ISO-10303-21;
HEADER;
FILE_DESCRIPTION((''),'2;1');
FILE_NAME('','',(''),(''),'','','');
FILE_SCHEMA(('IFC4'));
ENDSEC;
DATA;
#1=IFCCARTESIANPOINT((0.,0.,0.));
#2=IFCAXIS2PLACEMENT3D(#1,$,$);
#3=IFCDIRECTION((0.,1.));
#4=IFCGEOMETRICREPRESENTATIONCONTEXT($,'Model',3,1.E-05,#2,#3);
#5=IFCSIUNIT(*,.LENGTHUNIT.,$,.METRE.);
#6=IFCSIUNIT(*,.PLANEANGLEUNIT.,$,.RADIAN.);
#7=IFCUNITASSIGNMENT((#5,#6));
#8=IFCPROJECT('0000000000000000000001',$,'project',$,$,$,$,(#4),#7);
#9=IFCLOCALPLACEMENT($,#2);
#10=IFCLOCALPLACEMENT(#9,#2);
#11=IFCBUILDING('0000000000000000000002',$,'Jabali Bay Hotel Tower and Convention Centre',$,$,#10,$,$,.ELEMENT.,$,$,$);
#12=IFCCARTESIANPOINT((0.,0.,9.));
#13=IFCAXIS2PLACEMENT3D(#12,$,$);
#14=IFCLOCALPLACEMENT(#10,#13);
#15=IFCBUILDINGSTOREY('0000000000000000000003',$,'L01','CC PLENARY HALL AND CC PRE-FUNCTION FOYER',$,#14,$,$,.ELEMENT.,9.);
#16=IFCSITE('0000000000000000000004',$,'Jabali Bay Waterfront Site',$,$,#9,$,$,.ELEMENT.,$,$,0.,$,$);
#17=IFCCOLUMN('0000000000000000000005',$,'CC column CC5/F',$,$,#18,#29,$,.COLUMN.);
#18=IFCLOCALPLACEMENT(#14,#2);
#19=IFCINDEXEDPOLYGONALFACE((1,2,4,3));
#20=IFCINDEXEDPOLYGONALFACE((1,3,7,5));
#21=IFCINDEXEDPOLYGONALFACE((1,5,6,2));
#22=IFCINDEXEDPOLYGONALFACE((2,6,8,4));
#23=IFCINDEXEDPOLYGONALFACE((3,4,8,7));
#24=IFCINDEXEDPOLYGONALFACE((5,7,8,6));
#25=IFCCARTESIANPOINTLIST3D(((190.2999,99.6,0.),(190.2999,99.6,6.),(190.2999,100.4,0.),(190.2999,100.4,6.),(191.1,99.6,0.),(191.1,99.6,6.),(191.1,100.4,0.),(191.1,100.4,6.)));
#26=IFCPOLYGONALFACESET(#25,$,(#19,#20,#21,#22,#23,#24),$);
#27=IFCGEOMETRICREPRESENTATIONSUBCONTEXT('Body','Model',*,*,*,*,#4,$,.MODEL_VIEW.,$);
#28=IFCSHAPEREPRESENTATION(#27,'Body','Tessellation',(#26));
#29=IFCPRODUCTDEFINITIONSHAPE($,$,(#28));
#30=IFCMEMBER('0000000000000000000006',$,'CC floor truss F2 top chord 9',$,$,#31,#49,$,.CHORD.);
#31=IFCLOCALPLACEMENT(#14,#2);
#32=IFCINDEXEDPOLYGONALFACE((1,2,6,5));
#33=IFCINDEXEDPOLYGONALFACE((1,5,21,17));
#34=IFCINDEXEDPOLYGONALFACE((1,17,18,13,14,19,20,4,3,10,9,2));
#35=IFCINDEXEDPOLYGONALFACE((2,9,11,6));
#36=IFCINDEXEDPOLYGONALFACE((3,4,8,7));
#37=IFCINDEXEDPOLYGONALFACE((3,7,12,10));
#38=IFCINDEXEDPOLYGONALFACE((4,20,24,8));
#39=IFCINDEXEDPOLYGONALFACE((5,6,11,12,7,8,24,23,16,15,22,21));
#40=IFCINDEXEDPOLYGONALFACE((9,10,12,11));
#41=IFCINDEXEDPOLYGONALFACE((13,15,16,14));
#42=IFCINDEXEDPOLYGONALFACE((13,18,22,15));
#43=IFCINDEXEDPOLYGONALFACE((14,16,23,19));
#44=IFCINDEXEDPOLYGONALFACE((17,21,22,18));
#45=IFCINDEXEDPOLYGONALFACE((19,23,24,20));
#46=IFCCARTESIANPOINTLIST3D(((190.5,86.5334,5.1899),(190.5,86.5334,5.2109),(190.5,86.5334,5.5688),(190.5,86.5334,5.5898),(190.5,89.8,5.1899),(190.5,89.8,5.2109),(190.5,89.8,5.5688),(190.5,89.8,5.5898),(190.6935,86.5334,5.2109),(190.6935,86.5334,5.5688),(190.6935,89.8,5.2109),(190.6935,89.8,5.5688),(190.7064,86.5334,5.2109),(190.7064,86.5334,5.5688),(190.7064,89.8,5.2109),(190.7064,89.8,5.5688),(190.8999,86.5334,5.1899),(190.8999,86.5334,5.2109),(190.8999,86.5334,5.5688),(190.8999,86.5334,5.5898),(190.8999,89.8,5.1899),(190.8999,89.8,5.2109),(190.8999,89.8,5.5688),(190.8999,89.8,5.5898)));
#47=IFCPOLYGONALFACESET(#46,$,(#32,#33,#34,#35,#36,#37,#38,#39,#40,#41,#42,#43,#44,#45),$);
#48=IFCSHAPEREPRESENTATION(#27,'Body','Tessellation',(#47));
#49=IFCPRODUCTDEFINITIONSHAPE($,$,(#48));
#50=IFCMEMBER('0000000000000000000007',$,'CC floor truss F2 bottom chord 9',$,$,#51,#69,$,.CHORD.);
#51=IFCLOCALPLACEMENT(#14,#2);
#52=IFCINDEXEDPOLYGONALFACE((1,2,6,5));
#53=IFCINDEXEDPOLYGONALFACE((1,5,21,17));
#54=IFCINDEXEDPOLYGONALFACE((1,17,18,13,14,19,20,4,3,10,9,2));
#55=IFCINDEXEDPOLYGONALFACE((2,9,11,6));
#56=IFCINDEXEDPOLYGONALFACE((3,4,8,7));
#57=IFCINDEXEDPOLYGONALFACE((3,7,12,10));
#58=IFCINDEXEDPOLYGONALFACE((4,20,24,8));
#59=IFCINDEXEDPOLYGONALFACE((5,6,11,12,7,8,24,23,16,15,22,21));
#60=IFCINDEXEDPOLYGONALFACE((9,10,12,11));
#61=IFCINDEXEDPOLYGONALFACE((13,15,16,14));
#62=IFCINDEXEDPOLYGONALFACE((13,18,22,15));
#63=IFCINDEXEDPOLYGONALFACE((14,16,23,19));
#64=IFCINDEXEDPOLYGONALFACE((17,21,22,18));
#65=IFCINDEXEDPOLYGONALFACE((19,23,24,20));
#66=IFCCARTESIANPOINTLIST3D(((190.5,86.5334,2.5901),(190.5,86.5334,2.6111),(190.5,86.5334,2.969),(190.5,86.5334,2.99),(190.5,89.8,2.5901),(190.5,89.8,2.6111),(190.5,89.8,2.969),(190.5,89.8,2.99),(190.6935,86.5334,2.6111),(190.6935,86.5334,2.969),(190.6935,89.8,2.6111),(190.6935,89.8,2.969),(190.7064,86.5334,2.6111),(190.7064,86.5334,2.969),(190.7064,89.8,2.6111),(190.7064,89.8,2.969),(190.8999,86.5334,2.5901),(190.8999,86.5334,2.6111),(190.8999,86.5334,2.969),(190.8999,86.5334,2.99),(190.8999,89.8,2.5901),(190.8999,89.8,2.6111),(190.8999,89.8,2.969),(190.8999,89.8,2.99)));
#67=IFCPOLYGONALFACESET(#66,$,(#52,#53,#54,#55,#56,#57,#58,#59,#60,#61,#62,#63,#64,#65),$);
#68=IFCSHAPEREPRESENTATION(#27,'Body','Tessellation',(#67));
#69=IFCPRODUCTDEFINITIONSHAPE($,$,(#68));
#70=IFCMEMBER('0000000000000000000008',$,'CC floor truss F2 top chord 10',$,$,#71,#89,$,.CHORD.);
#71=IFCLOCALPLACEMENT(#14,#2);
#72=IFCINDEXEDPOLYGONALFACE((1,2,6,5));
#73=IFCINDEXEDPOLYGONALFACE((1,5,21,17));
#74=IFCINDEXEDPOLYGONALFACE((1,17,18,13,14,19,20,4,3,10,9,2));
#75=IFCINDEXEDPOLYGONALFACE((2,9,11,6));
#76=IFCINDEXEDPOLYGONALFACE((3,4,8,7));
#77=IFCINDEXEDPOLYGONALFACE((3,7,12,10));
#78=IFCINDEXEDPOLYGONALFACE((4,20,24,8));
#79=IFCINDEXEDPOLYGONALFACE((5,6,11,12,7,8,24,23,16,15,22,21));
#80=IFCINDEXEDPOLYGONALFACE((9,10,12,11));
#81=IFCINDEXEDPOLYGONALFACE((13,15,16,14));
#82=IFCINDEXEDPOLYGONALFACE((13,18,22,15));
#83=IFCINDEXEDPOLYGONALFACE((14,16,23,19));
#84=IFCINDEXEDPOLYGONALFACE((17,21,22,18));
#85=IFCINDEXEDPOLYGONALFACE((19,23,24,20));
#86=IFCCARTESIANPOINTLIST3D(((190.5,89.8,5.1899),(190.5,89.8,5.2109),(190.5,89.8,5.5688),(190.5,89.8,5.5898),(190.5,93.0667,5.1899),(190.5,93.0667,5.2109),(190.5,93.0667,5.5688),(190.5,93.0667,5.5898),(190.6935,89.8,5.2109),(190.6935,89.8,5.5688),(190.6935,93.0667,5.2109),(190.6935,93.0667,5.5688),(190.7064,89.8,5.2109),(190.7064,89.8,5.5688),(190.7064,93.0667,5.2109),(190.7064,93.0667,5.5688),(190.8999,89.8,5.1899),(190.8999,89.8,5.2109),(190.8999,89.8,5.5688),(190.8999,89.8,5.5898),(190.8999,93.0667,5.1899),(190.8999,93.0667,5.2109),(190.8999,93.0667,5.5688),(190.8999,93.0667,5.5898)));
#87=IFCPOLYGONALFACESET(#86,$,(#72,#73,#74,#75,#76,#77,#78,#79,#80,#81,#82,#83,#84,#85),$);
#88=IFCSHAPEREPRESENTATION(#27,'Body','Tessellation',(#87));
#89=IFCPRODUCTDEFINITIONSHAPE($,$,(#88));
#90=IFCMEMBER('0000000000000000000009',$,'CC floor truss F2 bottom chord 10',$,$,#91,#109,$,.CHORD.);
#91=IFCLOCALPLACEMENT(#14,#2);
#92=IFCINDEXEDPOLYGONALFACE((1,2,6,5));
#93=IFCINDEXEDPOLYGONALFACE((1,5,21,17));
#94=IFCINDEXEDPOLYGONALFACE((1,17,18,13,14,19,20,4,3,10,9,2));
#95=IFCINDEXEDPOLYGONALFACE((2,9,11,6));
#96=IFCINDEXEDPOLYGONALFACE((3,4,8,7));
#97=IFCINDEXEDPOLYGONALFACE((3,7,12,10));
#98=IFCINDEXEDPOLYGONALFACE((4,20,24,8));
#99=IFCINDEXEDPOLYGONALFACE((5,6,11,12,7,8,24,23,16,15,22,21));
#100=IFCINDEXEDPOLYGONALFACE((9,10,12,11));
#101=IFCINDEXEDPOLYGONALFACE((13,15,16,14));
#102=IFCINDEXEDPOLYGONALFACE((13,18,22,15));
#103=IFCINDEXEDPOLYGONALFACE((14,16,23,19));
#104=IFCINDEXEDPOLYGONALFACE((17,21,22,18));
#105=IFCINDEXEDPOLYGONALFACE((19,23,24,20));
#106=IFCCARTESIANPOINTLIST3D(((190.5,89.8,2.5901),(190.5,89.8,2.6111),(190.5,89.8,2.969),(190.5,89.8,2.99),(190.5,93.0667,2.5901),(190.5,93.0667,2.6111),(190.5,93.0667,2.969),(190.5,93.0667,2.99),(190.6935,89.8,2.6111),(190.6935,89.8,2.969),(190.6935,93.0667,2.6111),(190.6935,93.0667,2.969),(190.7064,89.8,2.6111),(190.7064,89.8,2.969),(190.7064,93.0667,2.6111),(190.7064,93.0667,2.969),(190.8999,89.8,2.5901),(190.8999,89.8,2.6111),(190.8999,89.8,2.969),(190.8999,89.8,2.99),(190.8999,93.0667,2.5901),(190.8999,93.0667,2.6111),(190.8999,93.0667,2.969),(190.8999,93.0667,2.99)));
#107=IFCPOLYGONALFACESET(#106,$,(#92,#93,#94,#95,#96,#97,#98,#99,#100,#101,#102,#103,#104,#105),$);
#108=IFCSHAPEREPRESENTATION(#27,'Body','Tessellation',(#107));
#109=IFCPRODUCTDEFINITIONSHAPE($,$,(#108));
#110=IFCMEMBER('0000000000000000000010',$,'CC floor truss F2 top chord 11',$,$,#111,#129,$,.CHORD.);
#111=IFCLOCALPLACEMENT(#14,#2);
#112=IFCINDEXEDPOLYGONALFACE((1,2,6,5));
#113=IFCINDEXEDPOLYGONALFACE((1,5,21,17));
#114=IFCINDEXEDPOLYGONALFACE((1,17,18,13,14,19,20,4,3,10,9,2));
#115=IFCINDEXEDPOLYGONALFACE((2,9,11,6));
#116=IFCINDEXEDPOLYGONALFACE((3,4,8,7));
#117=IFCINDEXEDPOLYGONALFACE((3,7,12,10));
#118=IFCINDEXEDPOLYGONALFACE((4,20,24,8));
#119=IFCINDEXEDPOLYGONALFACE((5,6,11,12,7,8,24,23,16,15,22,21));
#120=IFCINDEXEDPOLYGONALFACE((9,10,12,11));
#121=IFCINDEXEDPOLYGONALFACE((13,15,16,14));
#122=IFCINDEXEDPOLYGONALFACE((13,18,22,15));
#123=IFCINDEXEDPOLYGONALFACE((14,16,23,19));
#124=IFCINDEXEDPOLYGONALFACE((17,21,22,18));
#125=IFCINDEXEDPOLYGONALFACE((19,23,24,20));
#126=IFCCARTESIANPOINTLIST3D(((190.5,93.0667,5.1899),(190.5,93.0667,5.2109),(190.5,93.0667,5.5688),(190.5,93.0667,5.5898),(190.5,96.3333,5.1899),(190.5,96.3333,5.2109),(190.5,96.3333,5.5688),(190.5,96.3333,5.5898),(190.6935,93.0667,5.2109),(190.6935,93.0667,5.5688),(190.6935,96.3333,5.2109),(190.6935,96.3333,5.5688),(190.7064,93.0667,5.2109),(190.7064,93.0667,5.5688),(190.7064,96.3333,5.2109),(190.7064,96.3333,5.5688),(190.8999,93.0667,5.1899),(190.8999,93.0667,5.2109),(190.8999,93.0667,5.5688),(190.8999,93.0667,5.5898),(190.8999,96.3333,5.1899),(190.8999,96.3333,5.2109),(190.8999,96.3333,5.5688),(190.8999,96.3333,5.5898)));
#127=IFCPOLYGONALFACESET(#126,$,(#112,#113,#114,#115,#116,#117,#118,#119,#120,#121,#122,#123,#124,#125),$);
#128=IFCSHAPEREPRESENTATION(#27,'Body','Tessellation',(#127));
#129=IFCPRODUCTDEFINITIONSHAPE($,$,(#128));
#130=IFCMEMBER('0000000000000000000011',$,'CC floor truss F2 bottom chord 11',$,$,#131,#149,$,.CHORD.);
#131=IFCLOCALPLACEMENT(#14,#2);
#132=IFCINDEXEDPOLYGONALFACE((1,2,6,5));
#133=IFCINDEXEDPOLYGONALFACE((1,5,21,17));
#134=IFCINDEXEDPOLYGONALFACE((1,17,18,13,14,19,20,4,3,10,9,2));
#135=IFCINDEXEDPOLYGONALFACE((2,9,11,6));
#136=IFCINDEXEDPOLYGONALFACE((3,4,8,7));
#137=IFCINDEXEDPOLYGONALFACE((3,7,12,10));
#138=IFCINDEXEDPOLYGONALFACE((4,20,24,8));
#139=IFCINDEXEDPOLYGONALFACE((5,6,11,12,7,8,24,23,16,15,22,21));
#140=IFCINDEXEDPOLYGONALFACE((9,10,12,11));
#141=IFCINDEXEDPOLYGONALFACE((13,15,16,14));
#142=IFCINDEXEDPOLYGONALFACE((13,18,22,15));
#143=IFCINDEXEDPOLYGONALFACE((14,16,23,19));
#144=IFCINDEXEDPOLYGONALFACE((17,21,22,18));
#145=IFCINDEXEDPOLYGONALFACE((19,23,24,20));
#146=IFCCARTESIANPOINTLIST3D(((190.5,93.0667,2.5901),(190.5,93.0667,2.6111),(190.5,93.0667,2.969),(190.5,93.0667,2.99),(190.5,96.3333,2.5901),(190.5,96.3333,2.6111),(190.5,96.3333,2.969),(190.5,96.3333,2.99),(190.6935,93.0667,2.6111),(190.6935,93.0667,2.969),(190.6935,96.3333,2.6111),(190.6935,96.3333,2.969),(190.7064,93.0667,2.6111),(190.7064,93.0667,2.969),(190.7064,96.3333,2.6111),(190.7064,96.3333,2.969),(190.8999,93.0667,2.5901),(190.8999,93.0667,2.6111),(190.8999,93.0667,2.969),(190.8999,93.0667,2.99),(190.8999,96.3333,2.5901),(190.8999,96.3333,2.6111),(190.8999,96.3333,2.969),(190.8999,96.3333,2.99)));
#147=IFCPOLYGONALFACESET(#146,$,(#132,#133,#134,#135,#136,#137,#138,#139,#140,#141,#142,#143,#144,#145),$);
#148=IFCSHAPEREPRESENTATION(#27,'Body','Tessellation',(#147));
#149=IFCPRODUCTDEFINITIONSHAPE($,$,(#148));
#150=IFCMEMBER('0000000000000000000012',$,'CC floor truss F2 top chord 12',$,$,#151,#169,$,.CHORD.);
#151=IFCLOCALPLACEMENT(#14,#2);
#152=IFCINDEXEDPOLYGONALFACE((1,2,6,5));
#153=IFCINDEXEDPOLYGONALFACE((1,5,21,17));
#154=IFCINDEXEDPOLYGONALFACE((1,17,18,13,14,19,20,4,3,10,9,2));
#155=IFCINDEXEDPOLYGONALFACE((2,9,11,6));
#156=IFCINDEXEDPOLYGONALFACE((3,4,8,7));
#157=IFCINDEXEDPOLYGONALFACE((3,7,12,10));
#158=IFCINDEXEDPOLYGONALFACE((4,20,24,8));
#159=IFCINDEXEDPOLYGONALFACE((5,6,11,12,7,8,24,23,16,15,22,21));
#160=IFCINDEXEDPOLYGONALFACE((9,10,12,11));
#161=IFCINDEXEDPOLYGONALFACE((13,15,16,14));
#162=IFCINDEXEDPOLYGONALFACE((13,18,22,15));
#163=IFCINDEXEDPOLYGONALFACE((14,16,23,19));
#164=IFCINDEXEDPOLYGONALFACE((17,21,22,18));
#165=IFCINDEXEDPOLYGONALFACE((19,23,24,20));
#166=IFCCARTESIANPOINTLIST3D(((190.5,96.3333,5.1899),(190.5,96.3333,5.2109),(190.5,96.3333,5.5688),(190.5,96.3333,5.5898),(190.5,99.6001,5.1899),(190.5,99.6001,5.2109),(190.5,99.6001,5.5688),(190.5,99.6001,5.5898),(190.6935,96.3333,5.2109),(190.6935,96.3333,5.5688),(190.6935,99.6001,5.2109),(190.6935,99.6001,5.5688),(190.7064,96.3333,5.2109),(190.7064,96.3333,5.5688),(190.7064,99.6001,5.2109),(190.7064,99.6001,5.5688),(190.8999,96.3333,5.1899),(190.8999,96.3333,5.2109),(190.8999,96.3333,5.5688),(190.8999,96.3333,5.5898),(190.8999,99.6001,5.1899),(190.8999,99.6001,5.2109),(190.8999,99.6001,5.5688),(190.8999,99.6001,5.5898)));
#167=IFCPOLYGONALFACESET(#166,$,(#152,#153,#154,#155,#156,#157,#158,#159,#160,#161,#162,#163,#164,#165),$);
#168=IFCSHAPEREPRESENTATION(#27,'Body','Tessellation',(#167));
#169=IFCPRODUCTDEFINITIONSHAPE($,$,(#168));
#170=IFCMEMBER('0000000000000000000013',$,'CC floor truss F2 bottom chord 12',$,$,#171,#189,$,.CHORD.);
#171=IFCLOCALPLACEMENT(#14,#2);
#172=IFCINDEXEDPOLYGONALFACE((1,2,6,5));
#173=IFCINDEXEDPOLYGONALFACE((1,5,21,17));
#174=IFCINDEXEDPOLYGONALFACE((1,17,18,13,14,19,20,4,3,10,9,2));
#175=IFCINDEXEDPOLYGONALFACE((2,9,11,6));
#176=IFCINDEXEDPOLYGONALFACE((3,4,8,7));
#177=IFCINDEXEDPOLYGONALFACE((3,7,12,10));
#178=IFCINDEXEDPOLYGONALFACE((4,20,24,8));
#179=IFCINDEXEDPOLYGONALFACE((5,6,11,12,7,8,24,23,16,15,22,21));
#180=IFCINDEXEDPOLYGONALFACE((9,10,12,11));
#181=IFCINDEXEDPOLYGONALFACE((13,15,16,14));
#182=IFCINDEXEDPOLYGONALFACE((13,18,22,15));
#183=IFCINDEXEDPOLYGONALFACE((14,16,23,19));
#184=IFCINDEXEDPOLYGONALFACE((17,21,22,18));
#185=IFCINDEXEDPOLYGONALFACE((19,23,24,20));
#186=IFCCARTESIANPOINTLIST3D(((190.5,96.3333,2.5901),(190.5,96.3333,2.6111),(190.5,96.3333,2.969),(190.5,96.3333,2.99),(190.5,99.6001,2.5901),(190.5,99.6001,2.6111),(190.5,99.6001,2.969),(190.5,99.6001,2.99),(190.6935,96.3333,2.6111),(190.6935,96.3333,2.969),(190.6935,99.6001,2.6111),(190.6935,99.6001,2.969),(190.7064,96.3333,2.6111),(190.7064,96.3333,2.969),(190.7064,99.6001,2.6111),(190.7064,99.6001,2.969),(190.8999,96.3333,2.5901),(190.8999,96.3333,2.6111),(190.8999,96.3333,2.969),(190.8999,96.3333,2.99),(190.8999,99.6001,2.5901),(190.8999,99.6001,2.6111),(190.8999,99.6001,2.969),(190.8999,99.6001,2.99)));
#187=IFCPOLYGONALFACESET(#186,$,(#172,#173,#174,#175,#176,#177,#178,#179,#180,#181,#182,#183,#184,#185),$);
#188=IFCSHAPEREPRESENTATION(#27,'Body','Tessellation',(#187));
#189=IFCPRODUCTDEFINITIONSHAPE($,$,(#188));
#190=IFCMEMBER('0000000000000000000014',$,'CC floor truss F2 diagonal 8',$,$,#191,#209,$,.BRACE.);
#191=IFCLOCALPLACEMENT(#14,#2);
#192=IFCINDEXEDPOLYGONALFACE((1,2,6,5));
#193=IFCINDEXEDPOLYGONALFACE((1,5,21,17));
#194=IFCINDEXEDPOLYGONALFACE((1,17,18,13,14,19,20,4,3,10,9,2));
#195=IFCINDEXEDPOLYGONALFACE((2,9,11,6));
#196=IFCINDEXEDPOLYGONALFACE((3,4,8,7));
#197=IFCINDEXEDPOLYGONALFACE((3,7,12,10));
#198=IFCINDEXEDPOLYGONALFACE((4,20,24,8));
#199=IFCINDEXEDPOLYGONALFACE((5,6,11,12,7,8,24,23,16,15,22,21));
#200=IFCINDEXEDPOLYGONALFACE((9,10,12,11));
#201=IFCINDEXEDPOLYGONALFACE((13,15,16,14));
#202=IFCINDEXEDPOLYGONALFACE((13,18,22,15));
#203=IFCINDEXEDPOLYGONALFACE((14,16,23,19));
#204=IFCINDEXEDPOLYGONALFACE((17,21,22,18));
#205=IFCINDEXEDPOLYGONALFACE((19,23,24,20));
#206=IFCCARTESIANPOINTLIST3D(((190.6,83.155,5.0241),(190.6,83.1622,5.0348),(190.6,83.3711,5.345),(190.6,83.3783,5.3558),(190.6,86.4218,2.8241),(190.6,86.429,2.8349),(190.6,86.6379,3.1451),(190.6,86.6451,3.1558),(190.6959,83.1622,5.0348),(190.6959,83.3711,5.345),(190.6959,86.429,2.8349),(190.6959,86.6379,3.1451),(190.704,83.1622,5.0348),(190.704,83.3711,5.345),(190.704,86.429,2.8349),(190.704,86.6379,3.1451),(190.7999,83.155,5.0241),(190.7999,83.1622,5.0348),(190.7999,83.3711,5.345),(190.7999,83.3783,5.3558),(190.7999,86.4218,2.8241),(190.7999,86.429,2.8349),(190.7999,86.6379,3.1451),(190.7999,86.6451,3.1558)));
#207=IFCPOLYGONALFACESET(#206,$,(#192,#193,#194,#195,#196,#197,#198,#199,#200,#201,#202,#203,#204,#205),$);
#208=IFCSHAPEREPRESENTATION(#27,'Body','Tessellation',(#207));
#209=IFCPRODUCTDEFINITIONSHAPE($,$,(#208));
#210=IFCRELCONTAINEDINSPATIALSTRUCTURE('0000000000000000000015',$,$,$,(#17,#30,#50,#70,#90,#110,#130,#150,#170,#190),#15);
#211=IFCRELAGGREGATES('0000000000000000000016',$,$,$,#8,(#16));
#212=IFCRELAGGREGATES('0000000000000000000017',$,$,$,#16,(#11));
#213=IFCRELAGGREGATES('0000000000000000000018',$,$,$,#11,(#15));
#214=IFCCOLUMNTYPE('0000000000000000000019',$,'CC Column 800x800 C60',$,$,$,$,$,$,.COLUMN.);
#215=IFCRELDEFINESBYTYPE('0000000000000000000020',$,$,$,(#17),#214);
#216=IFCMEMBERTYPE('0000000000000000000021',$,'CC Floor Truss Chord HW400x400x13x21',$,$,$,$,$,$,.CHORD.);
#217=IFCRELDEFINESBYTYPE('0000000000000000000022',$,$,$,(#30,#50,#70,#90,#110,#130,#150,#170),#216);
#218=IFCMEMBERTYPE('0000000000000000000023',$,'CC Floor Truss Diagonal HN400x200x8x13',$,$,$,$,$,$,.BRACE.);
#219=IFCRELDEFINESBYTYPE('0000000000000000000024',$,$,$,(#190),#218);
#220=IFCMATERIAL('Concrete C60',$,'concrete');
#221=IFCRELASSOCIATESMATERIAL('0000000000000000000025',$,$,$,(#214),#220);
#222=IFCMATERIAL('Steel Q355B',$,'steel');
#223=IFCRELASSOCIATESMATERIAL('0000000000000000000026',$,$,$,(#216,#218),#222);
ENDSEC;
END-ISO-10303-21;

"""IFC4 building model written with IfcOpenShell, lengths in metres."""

from ifc_helpers import new_model, si_unit, direction, frame, origin, origin_2d, place, context, subcontext, project, spatial, rectangle, i_section, extrude, material, material_profile, profile_set, type_object, element, save


model = new_model("IFC4")

# Units and contexts
model_context = context("Model", 3, precision=1e-05, world=origin(), true_north=direction((0.0, 1.0)))
body_context = subcontext(model_context, "Body", "Model", "MODEL_VIEW")
ifc_project = project(units=[si_unit("LENGTHUNIT", "METRE"), si_unit("PLANEANGLEUNIT", "RADIAN")], contexts=[model_context])

# Site, building, storey
site_placement = place(None, origin())
site = spatial("IfcSite", under=ifc_project, at=site_placement, Name="Jabali Bay Waterfront Site", CompositionType="ELEMENT", RefElevation=0.0)
building_placement = place(site_placement, origin())
building = spatial("IfcBuilding", under=site, at=building_placement, Name="Jabali Bay Hotel Tower and Convention Centre", CompositionType="ELEMENT")
storey_placement = place(building_placement, frame((0.0, 0.0, 9.0)))
storey = spatial("IfcBuildingStorey", under=building, at=storey_placement, Name="L01", Description="CC PLENARY HALL AND CC PRE-FUNCTION FOYER", CompositionType="ELEMENT", Elevation=9.0)

# Column
ifc_material_1 = material(Name="Concrete C60", Category="concrete")
ifc_material_profile_1 = material_profile(ifc_material_1, rectangle(XDim=0.8, YDim=0.8, at=origin_2d()), Name="RC 800x800")
ifc_profile_set_1 = profile_set([ifc_material_profile_1], Name="Concrete C60")
column_type = type_object("IfcColumnType", Name="CC Column 800x800 C60", PredefinedType="COLUMN", material=ifc_profile_set_1)
column_placement = place(storey_placement, frame((190.7, 100.0, 0.0), z_axis=(0.0, 0.0, 1.0), x_axis=(1.0, 0.0, 0.0)))
element("IfcColumn", 1, at=column_placement, inside=storey, type_object=column_type, Name="CC column CC5/F", PredefinedType="COLUMN", context=body_context, shape_type="SweptSolid", body=[
    extrude(rectangle(XDim=0.8, YDim=0.8, at=origin_2d()), origin(), (0.0, 0.0, 1.0), 6.0),
])

# Members
ifc_material_2 = material(Name="Steel Q355B", Category="steel")
ifc_material_profile_2 = material_profile(ifc_material_2, i_section(OverallWidth=0.3999, OverallDepth=0.3999, WebThickness=0.0129, FlangeThickness=0.021, at=origin_2d()), Name="HW400x400x13x21")
ifc_profile_set_2 = profile_set([ifc_material_profile_2], Name="Steel Q355B")
member_type_1 = type_object("IfcMemberType", Name="CC Floor Truss Chord HW400x400x13x21", PredefinedType="CHORD", material=ifc_profile_set_2)
for number, where, z_axis, x_axis, name in (
    (2, (190.7, 86.5334, 5.3899), (0.0, 1.0, 0.0), (-1.0, 0.0, 0.0), "CC floor truss F2 top chord 9"),
    (3, (190.7, 86.5334, 2.79), (0.0, 1.0, 0.0), (-1.0, 0.0, 0.0), "CC floor truss F2 bottom chord 9"),
    (4, (190.7, 89.8, 5.3899), (0.0, 1.0, 0.0), (-1.0, 0.0, 0.0), "CC floor truss F2 top chord 10"),
    (5, (190.7, 89.8, 2.79), (0.0, 1.0, 0.0), (-1.0, 0.0, 0.0), "CC floor truss F2 bottom chord 10"),
    (6, (190.7, 93.0667, 5.3899), (0.0, 1.0, 0.0), (-1.0, 0.0, 0.0), "CC floor truss F2 top chord 11"),
    (7, (190.7, 93.0667, 2.79), (0.0, 1.0, 0.0), (-1.0, 0.0, 0.0), "CC floor truss F2 bottom chord 11"),
):
    element("IfcMember", number, at=place(storey_placement, frame(where, z_axis=z_axis, x_axis=x_axis)), inside=storey, type_object=member_type_1, Name=name, PredefinedType="CHORD", context=body_context, shape_type="SweptSolid", body=[
        extrude(i_section(OverallWidth=0.3999, OverallDepth=0.3999, WebThickness=0.0129, FlangeThickness=0.021, at=origin_2d()), origin(), (0.0, 0.0, 1.0), 3.2666),
    ])
for number, where, z_axis, x_axis, name in (
    (8, (190.7, 96.3333, 5.3899), (0.0, 1.0, 0.0), (-1.0, 0.0, 0.0), "CC floor truss F2 top chord 12"),
    (9, (190.7, 96.3333, 2.79), (0.0, 1.0, 0.0), (-1.0, 0.0, 0.0), "CC floor truss F2 bottom chord 12"),
):
    element("IfcMember", number, at=place(storey_placement, frame(where, z_axis=z_axis, x_axis=x_axis)), inside=storey, type_object=member_type_1, Name=name, PredefinedType="CHORD", context=body_context, shape_type="SweptSolid", body=[
        extrude(i_section(OverallWidth=0.3999, OverallDepth=0.3999, WebThickness=0.0129, FlangeThickness=0.021, at=origin_2d()), origin(), (0.0, 0.0, 1.0), 3.2668),
    ])
ifc_material_profile_3 = material_profile(ifc_material_2, i_section(OverallWidth=0.2, OverallDepth=0.3999, WebThickness=0.0081, FlangeThickness=0.0129, at=origin_2d()), Name="HN400x200x8x13")
ifc_profile_set_3 = profile_set([ifc_material_profile_3], Name="Steel Q355B")
member_type_2 = type_object("IfcMemberType", Name="CC Floor Truss Diagonal HN400x200x8x13", PredefinedType="BRACE", material=ifc_profile_set_3)
member_1_placement = place(storey_placement, frame((190.7, 86.5334, 2.99), z_axis=(0.0, -0.829457, 0.558571), x_axis=(1.0, 0.0, 0.0)))
element("IfcMember", 10, at=member_1_placement, inside=storey, type_object=member_type_2, Name="CC floor truss F2 diagonal 8", PredefinedType="BRACE", context=body_context, shape_type="SweptSolid", body=[
    extrude(i_section(OverallWidth=0.2, OverallDepth=0.3999, WebThickness=0.0081, FlangeThickness=0.0129, at=origin_2d()), origin(), (0.0, 0.0, 1.0), 3.9385),
])

save(model, "model.ifc")
